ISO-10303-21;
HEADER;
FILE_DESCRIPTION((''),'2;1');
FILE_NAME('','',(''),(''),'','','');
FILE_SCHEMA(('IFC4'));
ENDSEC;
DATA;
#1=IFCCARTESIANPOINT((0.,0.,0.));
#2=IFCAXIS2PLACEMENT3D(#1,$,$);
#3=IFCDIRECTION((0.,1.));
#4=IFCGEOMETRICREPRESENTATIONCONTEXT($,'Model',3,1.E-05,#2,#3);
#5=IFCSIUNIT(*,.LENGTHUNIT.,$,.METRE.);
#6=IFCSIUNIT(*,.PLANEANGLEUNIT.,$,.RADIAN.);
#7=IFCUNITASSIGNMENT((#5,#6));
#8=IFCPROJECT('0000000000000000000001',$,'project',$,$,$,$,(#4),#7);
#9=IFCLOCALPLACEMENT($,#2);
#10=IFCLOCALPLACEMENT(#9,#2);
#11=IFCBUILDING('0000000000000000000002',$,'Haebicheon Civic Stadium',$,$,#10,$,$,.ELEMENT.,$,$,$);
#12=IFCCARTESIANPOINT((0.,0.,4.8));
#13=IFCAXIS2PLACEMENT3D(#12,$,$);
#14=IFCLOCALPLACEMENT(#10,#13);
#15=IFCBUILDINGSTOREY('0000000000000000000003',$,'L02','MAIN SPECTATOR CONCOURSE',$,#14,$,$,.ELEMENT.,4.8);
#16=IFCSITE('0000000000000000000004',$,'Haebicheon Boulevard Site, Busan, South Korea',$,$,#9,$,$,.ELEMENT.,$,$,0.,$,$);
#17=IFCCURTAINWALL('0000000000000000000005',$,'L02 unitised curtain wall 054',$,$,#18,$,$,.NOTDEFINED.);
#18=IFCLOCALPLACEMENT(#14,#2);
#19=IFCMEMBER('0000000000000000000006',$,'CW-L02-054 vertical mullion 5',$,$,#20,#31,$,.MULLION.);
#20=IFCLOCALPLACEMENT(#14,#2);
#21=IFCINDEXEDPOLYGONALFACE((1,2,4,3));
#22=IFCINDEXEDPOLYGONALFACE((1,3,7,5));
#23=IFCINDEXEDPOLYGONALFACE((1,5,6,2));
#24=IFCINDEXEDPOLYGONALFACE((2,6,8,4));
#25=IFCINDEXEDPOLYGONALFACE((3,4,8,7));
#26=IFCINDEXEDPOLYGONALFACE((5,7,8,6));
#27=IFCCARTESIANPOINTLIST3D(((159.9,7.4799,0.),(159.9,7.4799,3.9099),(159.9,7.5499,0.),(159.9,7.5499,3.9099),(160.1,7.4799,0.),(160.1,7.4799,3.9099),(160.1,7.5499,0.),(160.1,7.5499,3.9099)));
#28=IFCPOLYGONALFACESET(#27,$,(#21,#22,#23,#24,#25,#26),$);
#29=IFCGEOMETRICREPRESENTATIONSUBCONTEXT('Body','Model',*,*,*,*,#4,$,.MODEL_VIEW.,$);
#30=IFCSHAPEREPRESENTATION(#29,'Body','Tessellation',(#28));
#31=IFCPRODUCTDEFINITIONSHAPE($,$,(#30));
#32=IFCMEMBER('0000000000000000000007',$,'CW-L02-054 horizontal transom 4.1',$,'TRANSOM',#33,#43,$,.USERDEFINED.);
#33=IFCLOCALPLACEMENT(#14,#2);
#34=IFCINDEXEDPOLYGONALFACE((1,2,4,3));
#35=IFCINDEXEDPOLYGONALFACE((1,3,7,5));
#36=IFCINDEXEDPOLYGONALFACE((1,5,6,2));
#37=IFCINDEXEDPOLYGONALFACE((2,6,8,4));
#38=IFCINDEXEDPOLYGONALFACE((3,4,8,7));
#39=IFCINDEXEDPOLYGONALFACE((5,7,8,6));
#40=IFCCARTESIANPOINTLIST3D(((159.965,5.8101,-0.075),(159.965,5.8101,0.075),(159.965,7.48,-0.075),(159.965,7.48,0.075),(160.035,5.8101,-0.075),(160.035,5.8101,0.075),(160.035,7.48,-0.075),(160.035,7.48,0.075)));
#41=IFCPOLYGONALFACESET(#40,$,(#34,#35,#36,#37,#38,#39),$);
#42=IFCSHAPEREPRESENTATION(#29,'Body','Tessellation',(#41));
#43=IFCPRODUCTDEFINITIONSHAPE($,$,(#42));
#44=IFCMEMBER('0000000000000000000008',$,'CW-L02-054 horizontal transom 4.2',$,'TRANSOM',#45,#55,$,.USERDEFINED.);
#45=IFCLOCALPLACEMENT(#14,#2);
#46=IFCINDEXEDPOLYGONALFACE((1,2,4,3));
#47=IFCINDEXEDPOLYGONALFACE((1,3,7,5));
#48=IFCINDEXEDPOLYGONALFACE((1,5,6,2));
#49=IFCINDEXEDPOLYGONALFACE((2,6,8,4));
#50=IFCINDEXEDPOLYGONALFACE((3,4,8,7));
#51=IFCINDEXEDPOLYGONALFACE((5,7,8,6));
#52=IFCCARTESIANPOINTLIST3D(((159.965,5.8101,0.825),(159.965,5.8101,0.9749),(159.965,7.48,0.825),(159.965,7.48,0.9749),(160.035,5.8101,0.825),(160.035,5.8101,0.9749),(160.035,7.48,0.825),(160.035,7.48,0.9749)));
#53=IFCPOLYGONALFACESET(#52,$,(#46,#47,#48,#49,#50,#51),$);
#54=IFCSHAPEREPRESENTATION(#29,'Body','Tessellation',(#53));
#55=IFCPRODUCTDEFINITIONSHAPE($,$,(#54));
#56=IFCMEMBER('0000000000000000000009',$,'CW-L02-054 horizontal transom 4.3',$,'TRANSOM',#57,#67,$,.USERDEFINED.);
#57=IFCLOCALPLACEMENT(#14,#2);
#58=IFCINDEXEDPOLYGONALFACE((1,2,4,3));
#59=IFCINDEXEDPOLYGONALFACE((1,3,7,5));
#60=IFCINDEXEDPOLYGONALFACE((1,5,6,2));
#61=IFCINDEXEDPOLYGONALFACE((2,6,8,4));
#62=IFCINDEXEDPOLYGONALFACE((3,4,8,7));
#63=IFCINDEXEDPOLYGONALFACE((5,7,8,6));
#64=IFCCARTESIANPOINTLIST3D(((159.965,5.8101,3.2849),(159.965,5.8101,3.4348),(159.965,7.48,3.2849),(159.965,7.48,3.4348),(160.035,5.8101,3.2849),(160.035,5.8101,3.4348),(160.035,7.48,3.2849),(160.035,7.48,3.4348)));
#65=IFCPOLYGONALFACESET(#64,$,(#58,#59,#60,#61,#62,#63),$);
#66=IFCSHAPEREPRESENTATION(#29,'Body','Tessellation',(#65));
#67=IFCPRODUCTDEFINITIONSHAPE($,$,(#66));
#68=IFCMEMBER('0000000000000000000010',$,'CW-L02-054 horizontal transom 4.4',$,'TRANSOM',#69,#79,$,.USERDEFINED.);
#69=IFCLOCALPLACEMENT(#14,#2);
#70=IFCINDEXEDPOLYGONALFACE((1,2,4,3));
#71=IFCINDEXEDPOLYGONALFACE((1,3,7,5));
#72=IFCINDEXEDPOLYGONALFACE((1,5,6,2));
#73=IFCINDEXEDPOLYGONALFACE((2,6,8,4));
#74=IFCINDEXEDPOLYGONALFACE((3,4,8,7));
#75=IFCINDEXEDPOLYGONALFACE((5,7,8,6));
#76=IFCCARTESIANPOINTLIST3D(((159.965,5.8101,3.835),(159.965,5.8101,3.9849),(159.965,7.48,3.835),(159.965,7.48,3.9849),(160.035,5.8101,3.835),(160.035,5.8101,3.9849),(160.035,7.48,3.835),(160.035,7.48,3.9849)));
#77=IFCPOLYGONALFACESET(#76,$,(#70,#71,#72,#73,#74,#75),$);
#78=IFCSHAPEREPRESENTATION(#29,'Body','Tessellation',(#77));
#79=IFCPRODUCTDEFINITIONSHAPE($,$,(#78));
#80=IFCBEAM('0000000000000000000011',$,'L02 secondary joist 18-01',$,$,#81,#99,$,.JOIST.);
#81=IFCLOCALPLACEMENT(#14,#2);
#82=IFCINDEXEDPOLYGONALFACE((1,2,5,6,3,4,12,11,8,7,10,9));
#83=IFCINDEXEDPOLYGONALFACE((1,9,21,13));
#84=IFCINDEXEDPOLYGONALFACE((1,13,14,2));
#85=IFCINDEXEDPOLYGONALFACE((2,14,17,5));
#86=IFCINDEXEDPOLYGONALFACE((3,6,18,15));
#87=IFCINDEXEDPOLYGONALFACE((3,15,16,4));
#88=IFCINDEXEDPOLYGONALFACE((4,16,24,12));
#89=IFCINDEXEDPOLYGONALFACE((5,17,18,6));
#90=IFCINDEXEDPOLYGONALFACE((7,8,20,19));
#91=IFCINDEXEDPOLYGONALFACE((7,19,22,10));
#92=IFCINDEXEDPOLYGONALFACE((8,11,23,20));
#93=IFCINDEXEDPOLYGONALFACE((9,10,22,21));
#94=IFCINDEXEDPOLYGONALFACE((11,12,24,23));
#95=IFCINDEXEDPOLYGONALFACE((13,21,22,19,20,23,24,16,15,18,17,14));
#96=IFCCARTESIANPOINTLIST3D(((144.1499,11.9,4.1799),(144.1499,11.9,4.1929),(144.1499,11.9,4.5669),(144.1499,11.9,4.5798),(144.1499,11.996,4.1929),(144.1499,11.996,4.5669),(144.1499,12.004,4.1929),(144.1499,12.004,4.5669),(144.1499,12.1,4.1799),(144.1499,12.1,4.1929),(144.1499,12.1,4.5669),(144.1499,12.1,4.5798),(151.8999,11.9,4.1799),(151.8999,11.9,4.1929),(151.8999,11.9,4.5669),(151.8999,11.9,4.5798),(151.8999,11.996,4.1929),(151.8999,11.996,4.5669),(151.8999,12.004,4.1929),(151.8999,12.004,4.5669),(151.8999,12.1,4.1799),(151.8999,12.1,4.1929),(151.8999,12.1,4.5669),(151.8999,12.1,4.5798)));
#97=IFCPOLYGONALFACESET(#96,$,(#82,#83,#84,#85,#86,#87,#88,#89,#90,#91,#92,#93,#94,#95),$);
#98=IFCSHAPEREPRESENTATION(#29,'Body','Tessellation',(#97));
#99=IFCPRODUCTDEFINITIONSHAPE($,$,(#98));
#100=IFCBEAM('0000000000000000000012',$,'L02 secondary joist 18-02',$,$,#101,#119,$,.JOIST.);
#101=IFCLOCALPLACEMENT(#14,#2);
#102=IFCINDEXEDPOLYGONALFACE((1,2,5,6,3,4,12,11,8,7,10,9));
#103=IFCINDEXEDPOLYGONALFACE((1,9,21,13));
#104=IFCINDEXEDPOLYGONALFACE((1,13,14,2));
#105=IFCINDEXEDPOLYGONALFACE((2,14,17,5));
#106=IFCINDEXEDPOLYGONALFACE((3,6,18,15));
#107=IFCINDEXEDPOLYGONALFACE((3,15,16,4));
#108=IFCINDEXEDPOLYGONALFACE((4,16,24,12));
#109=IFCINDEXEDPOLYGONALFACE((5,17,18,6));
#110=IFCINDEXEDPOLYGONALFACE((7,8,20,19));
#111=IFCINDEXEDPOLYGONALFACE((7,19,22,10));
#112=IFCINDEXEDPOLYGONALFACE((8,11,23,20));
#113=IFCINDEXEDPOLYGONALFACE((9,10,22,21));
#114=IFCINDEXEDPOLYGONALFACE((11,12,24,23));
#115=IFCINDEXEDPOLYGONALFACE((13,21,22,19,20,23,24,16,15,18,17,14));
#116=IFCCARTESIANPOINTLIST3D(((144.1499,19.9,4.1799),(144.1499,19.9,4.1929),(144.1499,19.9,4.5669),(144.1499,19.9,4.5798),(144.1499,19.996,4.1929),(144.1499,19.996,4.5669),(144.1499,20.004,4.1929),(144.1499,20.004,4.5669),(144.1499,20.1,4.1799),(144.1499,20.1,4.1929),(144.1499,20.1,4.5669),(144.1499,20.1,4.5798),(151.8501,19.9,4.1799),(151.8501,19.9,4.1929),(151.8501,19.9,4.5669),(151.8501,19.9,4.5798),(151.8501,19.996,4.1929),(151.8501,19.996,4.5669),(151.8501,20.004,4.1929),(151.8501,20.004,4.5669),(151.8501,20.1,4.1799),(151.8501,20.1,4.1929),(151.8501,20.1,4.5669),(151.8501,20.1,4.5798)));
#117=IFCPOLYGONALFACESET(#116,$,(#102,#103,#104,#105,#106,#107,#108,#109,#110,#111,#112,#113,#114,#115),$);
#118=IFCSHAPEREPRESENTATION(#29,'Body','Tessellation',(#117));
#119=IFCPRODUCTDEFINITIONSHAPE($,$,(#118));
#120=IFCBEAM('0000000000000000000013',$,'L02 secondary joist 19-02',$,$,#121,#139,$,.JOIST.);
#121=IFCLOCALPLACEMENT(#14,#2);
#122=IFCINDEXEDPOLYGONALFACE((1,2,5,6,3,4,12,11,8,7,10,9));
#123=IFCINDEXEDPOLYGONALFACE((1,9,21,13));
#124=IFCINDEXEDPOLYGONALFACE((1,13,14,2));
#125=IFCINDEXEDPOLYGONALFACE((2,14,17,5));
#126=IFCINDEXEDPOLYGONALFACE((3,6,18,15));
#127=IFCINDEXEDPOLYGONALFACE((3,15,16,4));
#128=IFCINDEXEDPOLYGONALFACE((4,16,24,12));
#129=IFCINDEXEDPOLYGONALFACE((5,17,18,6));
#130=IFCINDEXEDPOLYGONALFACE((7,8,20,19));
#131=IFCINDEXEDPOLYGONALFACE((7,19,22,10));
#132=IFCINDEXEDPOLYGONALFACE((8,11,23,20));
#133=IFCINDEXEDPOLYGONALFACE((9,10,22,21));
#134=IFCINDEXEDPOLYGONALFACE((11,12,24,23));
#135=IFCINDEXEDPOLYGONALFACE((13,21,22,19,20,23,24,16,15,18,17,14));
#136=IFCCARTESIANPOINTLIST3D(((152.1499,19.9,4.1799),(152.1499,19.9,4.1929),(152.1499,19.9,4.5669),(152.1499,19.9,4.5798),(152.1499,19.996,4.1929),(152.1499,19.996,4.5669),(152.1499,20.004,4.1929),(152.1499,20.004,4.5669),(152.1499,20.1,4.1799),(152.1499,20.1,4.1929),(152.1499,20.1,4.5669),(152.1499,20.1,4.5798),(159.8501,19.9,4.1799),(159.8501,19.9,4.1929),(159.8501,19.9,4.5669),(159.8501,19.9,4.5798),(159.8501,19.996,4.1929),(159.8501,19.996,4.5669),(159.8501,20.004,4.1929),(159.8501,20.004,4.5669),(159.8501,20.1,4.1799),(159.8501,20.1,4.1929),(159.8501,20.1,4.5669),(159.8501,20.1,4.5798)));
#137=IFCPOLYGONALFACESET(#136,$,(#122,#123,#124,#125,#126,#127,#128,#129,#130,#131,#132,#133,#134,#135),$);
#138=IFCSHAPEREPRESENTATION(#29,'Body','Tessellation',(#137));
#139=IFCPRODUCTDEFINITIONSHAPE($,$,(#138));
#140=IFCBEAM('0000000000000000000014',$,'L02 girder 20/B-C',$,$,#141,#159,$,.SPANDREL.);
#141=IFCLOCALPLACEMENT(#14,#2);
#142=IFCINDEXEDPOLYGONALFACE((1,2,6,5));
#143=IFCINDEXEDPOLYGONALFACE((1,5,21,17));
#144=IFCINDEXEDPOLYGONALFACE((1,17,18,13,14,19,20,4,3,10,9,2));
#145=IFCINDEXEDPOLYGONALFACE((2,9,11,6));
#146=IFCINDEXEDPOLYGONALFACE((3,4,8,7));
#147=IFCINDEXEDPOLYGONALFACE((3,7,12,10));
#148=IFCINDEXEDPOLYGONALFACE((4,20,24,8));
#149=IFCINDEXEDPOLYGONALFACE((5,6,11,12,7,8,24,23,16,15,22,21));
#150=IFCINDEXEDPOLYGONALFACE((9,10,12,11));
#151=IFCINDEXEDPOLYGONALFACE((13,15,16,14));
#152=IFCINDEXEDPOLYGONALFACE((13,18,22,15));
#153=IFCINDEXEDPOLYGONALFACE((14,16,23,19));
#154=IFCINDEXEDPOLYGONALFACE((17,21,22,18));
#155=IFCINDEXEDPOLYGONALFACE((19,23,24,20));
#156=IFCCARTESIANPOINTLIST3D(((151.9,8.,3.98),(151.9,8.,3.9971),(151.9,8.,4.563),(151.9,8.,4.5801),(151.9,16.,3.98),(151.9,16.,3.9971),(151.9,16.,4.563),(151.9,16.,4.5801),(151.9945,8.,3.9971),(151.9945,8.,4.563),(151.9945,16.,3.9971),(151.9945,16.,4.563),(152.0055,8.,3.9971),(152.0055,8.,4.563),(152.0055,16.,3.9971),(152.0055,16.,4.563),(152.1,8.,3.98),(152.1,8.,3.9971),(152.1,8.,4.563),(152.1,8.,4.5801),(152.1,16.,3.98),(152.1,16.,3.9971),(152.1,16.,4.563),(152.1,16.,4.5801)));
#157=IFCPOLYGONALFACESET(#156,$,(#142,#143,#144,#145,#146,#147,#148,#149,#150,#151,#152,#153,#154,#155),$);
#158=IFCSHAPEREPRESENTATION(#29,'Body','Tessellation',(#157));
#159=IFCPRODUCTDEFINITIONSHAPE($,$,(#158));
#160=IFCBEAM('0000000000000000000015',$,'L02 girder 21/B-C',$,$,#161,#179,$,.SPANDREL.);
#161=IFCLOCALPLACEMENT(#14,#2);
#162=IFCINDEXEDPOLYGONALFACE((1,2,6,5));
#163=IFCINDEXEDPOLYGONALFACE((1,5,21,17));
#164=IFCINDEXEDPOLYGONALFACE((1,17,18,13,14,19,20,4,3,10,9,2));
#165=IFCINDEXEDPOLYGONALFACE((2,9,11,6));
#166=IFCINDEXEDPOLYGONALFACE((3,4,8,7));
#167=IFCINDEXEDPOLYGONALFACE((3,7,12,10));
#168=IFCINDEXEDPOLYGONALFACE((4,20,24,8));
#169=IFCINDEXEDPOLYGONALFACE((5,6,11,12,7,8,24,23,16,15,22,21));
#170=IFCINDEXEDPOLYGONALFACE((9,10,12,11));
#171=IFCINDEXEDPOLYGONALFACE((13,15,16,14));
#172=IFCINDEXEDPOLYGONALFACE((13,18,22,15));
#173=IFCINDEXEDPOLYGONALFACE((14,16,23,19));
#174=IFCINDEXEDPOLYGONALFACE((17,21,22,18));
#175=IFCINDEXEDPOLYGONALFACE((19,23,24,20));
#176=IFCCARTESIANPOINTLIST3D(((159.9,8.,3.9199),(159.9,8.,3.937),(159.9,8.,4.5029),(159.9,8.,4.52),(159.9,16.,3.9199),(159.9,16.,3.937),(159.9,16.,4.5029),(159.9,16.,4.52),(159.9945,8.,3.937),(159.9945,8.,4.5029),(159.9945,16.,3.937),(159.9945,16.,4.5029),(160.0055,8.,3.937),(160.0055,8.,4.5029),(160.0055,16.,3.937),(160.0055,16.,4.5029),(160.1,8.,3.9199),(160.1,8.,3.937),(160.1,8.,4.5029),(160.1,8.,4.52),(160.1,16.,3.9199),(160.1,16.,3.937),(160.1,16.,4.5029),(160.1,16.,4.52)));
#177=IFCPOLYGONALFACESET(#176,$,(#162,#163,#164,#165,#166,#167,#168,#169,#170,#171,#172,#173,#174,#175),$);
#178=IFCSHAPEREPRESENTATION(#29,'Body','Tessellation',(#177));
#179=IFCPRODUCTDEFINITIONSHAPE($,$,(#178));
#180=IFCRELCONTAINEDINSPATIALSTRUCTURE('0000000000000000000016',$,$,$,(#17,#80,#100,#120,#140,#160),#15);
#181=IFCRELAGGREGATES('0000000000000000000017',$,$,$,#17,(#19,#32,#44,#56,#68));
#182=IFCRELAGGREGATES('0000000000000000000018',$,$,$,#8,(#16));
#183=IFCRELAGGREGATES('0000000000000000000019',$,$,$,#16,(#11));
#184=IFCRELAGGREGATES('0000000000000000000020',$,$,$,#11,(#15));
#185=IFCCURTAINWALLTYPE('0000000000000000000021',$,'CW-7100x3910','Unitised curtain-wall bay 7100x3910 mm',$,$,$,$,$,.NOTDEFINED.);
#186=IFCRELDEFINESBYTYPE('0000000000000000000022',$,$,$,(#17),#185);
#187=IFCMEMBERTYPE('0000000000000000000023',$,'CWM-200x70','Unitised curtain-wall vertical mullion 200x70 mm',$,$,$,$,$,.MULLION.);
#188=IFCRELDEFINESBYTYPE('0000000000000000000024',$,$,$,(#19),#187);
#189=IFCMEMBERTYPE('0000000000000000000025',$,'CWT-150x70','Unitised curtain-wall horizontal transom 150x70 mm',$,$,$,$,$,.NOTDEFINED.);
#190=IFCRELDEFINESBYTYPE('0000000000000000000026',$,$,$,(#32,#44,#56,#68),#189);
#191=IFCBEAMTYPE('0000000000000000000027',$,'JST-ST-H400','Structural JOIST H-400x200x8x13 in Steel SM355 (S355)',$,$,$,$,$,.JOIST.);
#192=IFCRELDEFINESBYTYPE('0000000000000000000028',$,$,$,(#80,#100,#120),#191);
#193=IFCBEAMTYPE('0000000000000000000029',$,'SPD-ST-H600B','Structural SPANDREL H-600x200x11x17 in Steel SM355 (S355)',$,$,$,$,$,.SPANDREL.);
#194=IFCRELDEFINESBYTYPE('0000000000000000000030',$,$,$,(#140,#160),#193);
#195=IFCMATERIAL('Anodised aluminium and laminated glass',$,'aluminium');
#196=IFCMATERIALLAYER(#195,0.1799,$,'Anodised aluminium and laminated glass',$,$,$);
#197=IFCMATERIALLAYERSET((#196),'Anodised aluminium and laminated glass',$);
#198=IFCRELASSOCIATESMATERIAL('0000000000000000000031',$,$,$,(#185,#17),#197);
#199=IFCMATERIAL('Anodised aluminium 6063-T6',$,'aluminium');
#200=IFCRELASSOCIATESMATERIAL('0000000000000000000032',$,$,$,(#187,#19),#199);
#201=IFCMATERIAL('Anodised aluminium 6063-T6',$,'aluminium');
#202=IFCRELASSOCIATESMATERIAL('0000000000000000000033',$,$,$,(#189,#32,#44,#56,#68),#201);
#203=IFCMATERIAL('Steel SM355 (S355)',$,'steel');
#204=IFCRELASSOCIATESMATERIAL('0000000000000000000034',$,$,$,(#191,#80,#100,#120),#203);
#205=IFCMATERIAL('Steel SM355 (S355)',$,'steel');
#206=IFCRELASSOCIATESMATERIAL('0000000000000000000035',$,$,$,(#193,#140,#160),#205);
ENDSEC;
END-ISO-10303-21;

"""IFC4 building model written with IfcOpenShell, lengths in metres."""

from ifc_helpers import new_model, si_unit, direction, frame, origin, origin_2d, place, context, subcontext, project, spatial, rectangle, i_section, extrude, material, layer, layer_set, material_profile, profile_set, type_object, element, aggregate, save


model = new_model("IFC4")

# Units and contexts
model_context = context("Model", 3, precision=1e-05, world=origin(), true_north=direction((0.0, 1.0)))
body_context = subcontext(model_context, "Body", "Model", "MODEL_VIEW")
ifc_project = project(units=[si_unit("LENGTHUNIT", "METRE"), si_unit("PLANEANGLEUNIT", "RADIAN")], contexts=[model_context])

# Site, building, storey
site_placement = place(None, origin())
site = spatial("IfcSite", under=ifc_project, at=site_placement, Name="Haebicheon Boulevard Site, Busan, South Korea", CompositionType="ELEMENT", RefElevation=0.0)
building_placement = place(site_placement, origin())
building = spatial("IfcBuilding", under=site, at=building_placement, Name="Haebicheon Civic Stadium", CompositionType="ELEMENT")
storey_placement = place(building_placement, frame((0.0, 0.0, 4.8)))
storey = spatial("IfcBuildingStorey", under=building, at=storey_placement, Name="L02", Description="MAIN SPECTATOR CONCOURSE", CompositionType="ELEMENT", Elevation=4.8)

# Curtain wall, members
ifc_material_1 = material(Name="Anodised aluminium and laminated glass", Category="aluminium")
ifc_layer_1 = layer(ifc_material_1, 0.1799, Name="Anodised aluminium and laminated glass")
ifc_layer_set_1 = layer_set([ifc_layer_1], Name="Anodised aluminium and laminated glass")
curtain_wall_type = type_object("IfcCurtainWallType", Name="CW-7100x3910", Description="Unitised curtain-wall bay 7100x3910 mm", PredefinedType="NOTDEFINED", material=ifc_layer_set_1)
curtain_wall_placement = place(storey_placement, origin())
curtain_wall = element("IfcCurtainWall", 1, at=curtain_wall_placement, inside=storey, type_object=curtain_wall_type, material=ifc_layer_set_1, Name="L02 unitised curtain wall 054", PredefinedType="NOTDEFINED")
ifc_material_2 = material(Name="Anodised aluminium 6063-T6", Category="aluminium")
ifc_material_profile_1 = material_profile(ifc_material_2, rectangle(XDim=0.0701, YDim=0.2, at=origin_2d()), Name="ALU-MULL-70x200")
ifc_profile_set_1 = profile_set([ifc_material_profile_1], Name="Anodised aluminium 6063-T6")
member_type_1 = type_object("IfcMemberType", Name="CWM-200x70", Description="Unitised curtain-wall vertical mullion 200x70 mm", PredefinedType="MULLION", material=ifc_profile_set_1)
member_1_placement = place(storey_placement, frame((160.0, 7.5149, 0.0), z_axis=(0.0, 0.0, 1.0), x_axis=(0.0, 1.0, 0.0)))
member_1 = element("IfcMember", 2, at=member_1_placement, type_object=member_type_1, material=ifc_profile_set_1, Name="CW-L02-054 vertical mullion 5", PredefinedType="MULLION", context=body_context, shape_type="SweptSolid", body=[
    extrude(rectangle(XDim=0.0701, YDim=0.2, at=origin_2d()), origin(), (0.0, 0.0, 1.0), 3.9099),
])
ifc_material_3 = material(Name="Anodised aluminium 6063-T6", Category="aluminium")
ifc_material_profile_2 = material_profile(ifc_material_3, rectangle(XDim=0.0701, YDim=0.1499, at=origin_2d()), Name="ALU-TRAN-70x150")
ifc_profile_set_2 = profile_set([ifc_material_profile_2], Name="Anodised aluminium 6063-T6")
member_type_2 = type_object("IfcMemberType", Name="CWT-150x70", Description="Unitised curtain-wall horizontal transom 150x70 mm", PredefinedType="NOTDEFINED", material=ifc_profile_set_2)
member_2_placement = place(storey_placement, frame((160.0, 5.8101, 0.0), z_axis=(0.0, 1.0, 0.0), x_axis=(-1.0, 0.0, 0.0)))
member_2 = element("IfcMember", 3, at=member_2_placement, type_object=member_type_2, material=ifc_profile_set_2, Name="CW-L02-054 horizontal transom 4.1", ObjectType="TRANSOM", PredefinedType="USERDEFINED", context=body_context, shape_type="SweptSolid", body=[
    extrude(rectangle(XDim=0.0701, YDim=0.1499, at=origin_2d()), origin(), (0.0, 0.0, 1.0), 1.6699),
])
member_3_placement = place(storey_placement, frame((160.0, 5.8101, 0.8999), z_axis=(0.0, 1.0, 0.0), x_axis=(-1.0, 0.0, 0.0)))
member_3 = element("IfcMember", 4, at=member_3_placement, type_object=member_type_2, material=ifc_profile_set_2, Name="CW-L02-054 horizontal transom 4.2", ObjectType="TRANSOM", PredefinedType="USERDEFINED", context=body_context, shape_type="SweptSolid", body=[
    extrude(rectangle(XDim=0.0701, YDim=0.1499, at=origin_2d()), origin(), (0.0, 0.0, 1.0), 1.6699),
])
member_4_placement = place(storey_placement, frame((160.0, 5.8101, 3.3599), z_axis=(0.0, 1.0, 0.0), x_axis=(-1.0, 0.0, 0.0)))
member_4 = element("IfcMember", 5, at=member_4_placement, type_object=member_type_2, material=ifc_profile_set_2, Name="CW-L02-054 horizontal transom 4.3", ObjectType="TRANSOM", PredefinedType="USERDEFINED", context=body_context, shape_type="SweptSolid", body=[
    extrude(rectangle(XDim=0.0701, YDim=0.1499, at=origin_2d()), origin(), (0.0, 0.0, 1.0), 1.6699),
])
member_5_placement = place(storey_placement, frame((160.0, 5.8101, 3.9099), z_axis=(0.0, 1.0, 0.0), x_axis=(-1.0, 0.0, 0.0)))
member_5 = element("IfcMember", 6, at=member_5_placement, type_object=member_type_2, material=ifc_profile_set_2, Name="CW-L02-054 horizontal transom 4.4", ObjectType="TRANSOM", PredefinedType="USERDEFINED", context=body_context, shape_type="SweptSolid", body=[
    extrude(rectangle(XDim=0.0701, YDim=0.1499, at=origin_2d()), origin(), (0.0, 0.0, 1.0), 1.6699),
])

# Beams
ifc_material_4 = material(Name="Steel SM355 (S355)", Category="steel")
ifc_material_profile_3 = material_profile(ifc_material_4, i_section(OverallWidth=0.2, OverallDepth=0.3999, WebThickness=0.0081, FlangeThickness=0.0129, at=origin_2d()), Name="H-400x200x8x13")
ifc_profile_set_3 = profile_set([ifc_material_profile_3], Name="Steel SM355 (S355)")
beam_type_1 = type_object("IfcBeamType", Name="JST-ST-H400", Description="Structural JOIST H-400x200x8x13 in Steel SM355 (S355)", PredefinedType="JOIST", material=ifc_profile_set_3)
beam_placement = place(storey_placement, frame((144.1499, 12.0, 4.3799), z_axis=(1.0, 0.0, 0.0), x_axis=(0.0, 1.0, 0.0)))
element("IfcBeam", 7, at=beam_placement, inside=storey, type_object=beam_type_1, material=ifc_profile_set_3, Name="L02 secondary joist 18-01", PredefinedType="JOIST", context=body_context, shape_type="SweptSolid", body=[
    extrude(i_section(OverallWidth=0.2, OverallDepth=0.3999, WebThickness=0.0081, FlangeThickness=0.0129, at=origin_2d()), origin(), (0.0, 0.0, 1.0), 7.75),
])
for number, where, z_axis, x_axis, name in (
    (8, (144.1499, 20.0, 4.3799), (1.0, 0.0, 0.0), (0.0, 1.0, 0.0), "L02 secondary joist 18-02"),
    (9, (152.1499, 20.0, 4.3799), (1.0, 0.0, 0.0), (0.0, 1.0, 0.0), "L02 secondary joist 19-02"),
):
    element("IfcBeam", number, at=place(storey_placement, frame(where, z_axis=z_axis, x_axis=x_axis)), inside=storey, type_object=beam_type_1, material=ifc_profile_set_3, Name=name, PredefinedType="JOIST", context=body_context, shape_type="SweptSolid", body=[
        extrude(i_section(OverallWidth=0.2, OverallDepth=0.3999, WebThickness=0.0081, FlangeThickness=0.0129, at=origin_2d()), origin(), (0.0, 0.0, 1.0), 7.7002),
    ])
ifc_material_5 = material(Name="Steel SM355 (S355)", Category="steel")
ifc_material_profile_4 = material_profile(ifc_material_5, i_section(OverallWidth=0.2, OverallDepth=0.6001, WebThickness=0.011, FlangeThickness=0.0171, at=origin_2d()), Name="H-600x200x11x17")
ifc_profile_set_4 = profile_set([ifc_material_profile_4], Name="Steel SM355 (S355)")
beam_type_2 = type_object("IfcBeamType", Name="SPD-ST-H600B", Description="Structural SPANDREL H-600x200x11x17 in Steel SM355 (S355)", PredefinedType="SPANDREL", material=ifc_profile_set_4)
for number, where, z_axis, x_axis, name in (
    (10, (152.0, 8.0, 4.28), (0.0, 1.0, 0.0), (-1.0, 0.0, 0.0), "L02 girder 20/B-C"),
    (11, (160.0, 8.0, 4.22), (0.0, 1.0, 0.0), (-1.0, 0.0, 0.0), "L02 girder 21/B-C"),
):
    element("IfcBeam", number, at=place(storey_placement, frame(where, z_axis=z_axis, x_axis=x_axis)), inside=storey, type_object=beam_type_2, material=ifc_profile_set_4, Name=name, PredefinedType="SPANDREL", context=body_context, shape_type="SweptSolid", body=[
        extrude(i_section(OverallWidth=0.2, OverallDepth=0.6001, WebThickness=0.011, FlangeThickness=0.0171, at=origin_2d()), origin(), (0.0, 0.0, 1.0), 8.0),
    ])

aggregate(curtain_wall, [member_1, member_2, member_3, member_4, member_5])

save(model, "model.ifc")
